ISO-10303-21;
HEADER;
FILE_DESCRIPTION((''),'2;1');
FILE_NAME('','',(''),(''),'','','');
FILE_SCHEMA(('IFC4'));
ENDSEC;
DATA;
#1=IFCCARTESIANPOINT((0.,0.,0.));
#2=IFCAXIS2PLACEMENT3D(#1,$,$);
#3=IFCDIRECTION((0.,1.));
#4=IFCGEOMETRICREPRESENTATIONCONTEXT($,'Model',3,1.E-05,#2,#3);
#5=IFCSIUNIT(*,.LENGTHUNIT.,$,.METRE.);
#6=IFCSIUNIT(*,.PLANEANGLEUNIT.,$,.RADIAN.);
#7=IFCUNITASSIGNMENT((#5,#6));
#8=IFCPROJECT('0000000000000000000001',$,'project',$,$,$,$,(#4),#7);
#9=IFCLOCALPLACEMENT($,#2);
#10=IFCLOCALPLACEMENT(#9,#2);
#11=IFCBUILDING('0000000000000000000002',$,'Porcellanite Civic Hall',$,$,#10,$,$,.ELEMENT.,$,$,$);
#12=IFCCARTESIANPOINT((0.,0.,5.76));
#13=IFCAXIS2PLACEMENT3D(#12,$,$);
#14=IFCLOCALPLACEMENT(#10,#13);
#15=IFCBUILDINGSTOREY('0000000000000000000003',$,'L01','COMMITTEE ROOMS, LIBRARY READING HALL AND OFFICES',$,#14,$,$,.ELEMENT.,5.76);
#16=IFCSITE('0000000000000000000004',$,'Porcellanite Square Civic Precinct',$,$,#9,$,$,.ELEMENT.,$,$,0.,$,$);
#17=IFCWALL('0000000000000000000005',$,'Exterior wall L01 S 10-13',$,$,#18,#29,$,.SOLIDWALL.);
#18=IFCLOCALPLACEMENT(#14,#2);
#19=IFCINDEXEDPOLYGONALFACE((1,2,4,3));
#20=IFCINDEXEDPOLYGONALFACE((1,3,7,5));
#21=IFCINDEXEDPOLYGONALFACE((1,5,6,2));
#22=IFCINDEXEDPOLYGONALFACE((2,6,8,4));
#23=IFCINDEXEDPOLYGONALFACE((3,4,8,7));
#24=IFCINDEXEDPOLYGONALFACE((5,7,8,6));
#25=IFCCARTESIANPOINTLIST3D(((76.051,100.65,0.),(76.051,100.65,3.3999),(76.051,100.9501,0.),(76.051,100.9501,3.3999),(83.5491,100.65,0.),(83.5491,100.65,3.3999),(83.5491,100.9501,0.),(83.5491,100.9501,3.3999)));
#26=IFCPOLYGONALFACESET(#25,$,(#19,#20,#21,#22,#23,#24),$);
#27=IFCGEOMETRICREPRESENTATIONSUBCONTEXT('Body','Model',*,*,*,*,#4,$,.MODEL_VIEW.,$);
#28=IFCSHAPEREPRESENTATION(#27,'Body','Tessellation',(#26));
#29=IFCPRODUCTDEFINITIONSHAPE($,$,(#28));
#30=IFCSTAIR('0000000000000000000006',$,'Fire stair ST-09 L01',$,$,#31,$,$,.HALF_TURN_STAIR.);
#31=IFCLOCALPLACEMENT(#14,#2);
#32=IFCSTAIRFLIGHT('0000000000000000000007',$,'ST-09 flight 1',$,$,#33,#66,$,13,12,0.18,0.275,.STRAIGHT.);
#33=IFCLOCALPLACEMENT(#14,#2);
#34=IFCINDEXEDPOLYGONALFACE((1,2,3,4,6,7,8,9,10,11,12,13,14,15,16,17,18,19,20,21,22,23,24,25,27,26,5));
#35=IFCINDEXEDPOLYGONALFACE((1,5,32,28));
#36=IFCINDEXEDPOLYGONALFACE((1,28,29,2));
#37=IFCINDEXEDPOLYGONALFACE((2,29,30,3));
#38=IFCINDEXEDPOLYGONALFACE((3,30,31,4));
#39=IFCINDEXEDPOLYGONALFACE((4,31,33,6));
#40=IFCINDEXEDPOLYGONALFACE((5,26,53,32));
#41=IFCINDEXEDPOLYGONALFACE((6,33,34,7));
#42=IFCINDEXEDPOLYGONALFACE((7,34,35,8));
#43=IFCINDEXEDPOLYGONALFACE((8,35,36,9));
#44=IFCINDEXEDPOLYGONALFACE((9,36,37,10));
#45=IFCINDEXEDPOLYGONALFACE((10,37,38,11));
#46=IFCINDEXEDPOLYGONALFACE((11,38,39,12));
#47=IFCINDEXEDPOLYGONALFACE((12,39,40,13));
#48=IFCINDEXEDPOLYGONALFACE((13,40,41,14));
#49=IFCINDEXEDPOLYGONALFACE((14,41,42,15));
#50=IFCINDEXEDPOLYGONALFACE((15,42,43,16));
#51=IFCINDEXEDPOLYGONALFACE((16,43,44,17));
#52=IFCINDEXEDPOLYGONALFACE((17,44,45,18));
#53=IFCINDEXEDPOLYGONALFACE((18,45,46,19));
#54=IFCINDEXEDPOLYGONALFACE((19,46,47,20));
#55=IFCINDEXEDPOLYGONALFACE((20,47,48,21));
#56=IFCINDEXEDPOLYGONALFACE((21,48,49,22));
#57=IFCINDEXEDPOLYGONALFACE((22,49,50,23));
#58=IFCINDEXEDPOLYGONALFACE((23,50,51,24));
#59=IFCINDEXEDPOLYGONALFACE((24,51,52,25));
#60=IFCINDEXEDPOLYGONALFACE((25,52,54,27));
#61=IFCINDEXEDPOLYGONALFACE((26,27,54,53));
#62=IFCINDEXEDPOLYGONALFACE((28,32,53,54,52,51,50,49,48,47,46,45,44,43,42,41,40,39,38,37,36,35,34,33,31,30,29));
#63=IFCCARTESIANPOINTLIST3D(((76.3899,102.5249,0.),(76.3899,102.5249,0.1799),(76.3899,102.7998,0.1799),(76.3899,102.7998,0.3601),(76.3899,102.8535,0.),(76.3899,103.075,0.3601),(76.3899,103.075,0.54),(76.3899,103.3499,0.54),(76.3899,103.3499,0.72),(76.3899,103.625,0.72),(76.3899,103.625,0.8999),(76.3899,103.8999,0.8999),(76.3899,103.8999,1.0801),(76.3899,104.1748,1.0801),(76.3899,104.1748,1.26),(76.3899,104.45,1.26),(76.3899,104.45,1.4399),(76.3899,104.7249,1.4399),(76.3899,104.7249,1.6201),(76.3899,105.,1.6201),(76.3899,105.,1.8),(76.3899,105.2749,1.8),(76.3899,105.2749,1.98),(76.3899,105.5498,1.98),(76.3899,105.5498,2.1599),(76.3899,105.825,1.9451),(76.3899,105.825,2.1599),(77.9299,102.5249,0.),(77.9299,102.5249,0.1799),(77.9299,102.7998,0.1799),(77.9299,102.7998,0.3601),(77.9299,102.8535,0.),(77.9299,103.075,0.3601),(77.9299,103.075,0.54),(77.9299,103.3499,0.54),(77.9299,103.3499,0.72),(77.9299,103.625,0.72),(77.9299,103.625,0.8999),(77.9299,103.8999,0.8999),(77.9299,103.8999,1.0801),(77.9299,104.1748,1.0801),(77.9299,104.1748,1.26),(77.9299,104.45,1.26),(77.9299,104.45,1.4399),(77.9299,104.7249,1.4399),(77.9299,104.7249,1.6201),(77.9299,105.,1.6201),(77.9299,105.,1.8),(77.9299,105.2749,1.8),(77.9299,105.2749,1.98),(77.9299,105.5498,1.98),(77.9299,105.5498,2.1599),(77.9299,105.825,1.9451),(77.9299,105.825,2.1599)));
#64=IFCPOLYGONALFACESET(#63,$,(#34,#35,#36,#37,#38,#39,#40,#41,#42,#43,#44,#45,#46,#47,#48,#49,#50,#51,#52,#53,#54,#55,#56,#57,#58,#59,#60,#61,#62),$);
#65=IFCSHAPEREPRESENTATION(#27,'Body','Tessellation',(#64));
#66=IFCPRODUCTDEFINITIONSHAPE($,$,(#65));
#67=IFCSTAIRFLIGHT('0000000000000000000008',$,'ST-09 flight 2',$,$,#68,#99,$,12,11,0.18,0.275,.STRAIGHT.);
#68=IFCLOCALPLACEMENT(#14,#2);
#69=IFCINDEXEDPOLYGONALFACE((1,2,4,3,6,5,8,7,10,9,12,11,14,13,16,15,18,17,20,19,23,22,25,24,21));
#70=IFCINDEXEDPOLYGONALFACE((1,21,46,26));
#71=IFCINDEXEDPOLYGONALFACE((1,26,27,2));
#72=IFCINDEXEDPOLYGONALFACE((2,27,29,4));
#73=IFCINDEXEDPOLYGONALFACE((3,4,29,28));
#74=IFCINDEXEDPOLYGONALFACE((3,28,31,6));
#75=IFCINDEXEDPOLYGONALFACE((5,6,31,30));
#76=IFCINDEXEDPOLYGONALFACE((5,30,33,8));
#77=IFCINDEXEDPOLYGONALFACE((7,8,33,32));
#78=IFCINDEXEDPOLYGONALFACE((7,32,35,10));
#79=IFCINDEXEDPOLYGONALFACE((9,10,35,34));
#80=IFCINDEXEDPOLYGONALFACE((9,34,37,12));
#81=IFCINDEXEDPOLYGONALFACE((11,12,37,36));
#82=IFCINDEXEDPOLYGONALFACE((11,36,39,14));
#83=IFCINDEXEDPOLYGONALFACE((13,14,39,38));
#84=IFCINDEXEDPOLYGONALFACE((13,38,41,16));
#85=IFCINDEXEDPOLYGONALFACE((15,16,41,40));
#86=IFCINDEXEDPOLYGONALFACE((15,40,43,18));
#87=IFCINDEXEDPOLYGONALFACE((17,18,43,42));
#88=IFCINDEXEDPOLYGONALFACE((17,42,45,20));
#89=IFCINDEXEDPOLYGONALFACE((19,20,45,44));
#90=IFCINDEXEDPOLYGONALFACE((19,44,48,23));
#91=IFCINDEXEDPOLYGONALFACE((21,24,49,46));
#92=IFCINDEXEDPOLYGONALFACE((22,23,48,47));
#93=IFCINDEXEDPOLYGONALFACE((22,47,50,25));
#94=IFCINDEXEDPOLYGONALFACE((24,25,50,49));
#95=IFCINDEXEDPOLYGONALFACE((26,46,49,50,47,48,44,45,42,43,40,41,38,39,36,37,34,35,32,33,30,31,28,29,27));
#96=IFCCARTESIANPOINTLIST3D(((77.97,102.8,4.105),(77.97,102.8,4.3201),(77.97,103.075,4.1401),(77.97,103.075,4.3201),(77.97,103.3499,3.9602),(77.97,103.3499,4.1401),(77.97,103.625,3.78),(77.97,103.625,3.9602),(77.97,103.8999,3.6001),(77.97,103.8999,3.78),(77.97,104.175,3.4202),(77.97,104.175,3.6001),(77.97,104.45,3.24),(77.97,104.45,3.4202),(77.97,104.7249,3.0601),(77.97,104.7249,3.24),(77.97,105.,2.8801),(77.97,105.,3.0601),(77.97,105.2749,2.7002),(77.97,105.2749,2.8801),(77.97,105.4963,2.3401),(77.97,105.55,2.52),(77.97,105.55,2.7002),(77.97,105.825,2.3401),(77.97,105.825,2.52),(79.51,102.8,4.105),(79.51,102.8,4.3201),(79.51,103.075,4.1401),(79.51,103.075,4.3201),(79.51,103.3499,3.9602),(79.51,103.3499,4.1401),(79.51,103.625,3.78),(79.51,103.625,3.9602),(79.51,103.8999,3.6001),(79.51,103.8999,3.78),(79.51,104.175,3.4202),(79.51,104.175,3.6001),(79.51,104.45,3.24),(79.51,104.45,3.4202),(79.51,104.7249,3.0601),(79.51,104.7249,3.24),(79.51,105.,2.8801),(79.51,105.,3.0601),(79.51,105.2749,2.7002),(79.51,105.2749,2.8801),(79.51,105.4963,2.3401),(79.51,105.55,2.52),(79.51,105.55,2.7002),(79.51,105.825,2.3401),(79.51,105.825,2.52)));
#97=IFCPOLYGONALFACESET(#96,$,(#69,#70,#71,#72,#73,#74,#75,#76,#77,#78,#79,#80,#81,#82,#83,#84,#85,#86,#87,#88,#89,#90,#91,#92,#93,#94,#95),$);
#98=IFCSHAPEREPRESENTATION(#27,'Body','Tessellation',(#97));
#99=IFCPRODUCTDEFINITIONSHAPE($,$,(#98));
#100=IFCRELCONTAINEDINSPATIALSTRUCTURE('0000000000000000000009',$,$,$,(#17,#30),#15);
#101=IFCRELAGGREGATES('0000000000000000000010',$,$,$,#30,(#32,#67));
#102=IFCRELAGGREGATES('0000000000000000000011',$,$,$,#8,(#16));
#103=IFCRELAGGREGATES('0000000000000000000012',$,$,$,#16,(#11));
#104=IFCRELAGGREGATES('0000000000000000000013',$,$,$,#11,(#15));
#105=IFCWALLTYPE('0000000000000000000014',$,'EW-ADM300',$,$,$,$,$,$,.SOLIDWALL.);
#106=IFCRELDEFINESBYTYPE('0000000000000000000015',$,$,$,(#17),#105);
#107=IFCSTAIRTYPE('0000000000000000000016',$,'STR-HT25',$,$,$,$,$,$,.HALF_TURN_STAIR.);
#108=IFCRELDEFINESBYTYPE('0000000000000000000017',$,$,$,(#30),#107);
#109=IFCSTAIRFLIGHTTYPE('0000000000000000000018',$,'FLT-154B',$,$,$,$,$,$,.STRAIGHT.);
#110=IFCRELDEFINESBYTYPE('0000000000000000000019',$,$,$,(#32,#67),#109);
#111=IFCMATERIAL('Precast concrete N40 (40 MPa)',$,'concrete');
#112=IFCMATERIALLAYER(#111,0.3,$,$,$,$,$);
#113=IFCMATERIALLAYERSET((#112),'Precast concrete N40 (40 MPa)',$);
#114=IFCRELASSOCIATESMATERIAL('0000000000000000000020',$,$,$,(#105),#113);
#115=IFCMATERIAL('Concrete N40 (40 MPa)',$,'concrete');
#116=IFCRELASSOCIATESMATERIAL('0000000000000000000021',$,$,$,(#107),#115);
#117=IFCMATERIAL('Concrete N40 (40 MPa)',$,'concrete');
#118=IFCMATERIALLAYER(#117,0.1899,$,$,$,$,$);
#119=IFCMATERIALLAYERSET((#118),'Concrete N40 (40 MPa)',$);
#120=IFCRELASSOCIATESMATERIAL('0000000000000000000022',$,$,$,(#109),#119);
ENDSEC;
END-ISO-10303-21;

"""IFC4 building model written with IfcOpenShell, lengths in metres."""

from ifc_helpers import new_model, si_unit, direction, frame, frame_2d, origin, place, context, subcontext, project, spatial, polyline, rectangle, outline, extrude, material, layer, layer_set, type_object, element, aggregate, save


model = new_model("IFC4")

# Units and contexts
model_context = context("Model", 3, precision=1e-05, world=origin(), true_north=direction((0.0, 1.0)))
body_context = subcontext(model_context, "Body", "Model", "MODEL_VIEW")
ifc_project = project(units=[si_unit("LENGTHUNIT", "METRE"), si_unit("PLANEANGLEUNIT", "RADIAN")], contexts=[model_context])

# Site, building, storey
site_placement = place(None, origin())
site = spatial("IfcSite", under=ifc_project, at=site_placement, Name="Porcellanite Square Civic Precinct", CompositionType="ELEMENT", RefElevation=0.0)
building_placement = place(site_placement, origin())
building = spatial("IfcBuilding", under=site, at=building_placement, Name="Porcellanite Civic Hall", CompositionType="ELEMENT")
storey_placement = place(building_placement, frame((0.0, 0.0, 5.76)))
storey = spatial("IfcBuildingStorey", under=building, at=storey_placement, Name="L01", Description="COMMITTEE ROOMS, LIBRARY READING HALL AND OFFICES", CompositionType="ELEMENT", Elevation=5.76)

# Wall
ifc_material_1 = material(Name="Precast concrete N40 (40 MPa)", Category="concrete")
ifc_layer_1 = layer(ifc_material_1, 0.3)
ifc_layer_set_1 = layer_set([ifc_layer_1], Name="Precast concrete N40 (40 MPa)")
wall_type_1 = type_object("IfcWallType", Name="EW-ADM300", PredefinedType="SOLIDWALL", material=ifc_layer_set_1)
wall_1_placement = place(storey_placement, frame((83.5491, 100.8, 0.0), z_axis=(0.0, 0.0, 1.0), x_axis=(-1.0, 0.0, 0.0)))
element("IfcWall", 1, at=wall_1_placement, inside=storey, type_object=wall_type_1, Name="Exterior wall L01 S 10-13", PredefinedType="SOLIDWALL", context=body_context, shape_type="SweptSolid", body=[
    extrude(rectangle(XDim=7.498, YDim=0.3, at=frame_2d((3.749, 0.0))), origin(), (0.0, 0.0, 1.0), 3.3999),
])

# Stair, stair flights
ifc_material_2 = material(Name="Concrete N40 (40 MPa)", Category="concrete")
stair_type = type_object("IfcStairType", Name="STR-HT25", PredefinedType="HALF_TURN_STAIR", material=ifc_material_2)
stair_placement = place(storey_placement, origin())
stair = element("IfcStair", 2, at=stair_placement, inside=storey, type_object=stair_type, Name="Fire stair ST-09 L01", PredefinedType="HALF_TURN_STAIR")
ifc_material_3 = material(Name="Concrete N40 (40 MPa)", Category="concrete")
ifc_layer_2 = layer(ifc_material_3, 0.1899)
ifc_layer_set_2 = layer_set([ifc_layer_2], Name="Concrete N40 (40 MPa)")
stair_flight_type = type_object("IfcStairFlightType", Name="FLT-154B", PredefinedType="STRAIGHT", material=ifc_layer_set_2)
stair_flight_1_placement = place(storey_placement, frame((77.1599, 102.5249, 0.0), z_axis=(0.0, 0.0, 1.0), x_axis=(0.0, 1.0, 0.0)))
stair_flight_1 = element("IfcStairFlight", 3, at=stair_flight_1_placement, type_object=stair_flight_type, Name="ST-09 flight 1", NumberOfRisers=13, NumberOfTreads=12, PredefinedType="STRAIGHT", RiserHeight=0.18, TreadLength=0.275, context=body_context, shape_type="SweptSolid", body=[
    extrude(outline(polyline([(0.0, 0.0), (0.0, 0.1799), (0.2749, 0.1799), (0.2749, 0.3601), (0.55, 0.3601), (0.55, 0.54), (0.825, 0.54), (0.825, 0.72), (1.1001, 0.72), (1.1001, 0.8999), (1.375, 0.8999), (1.375, 1.0801), (1.6499, 1.0801), (1.6499, 1.26), (1.925, 1.26), (1.925, 1.4399), (2.2, 1.4399), (2.2, 1.6201), (2.4751, 1.6201), (2.4751, 1.8), (2.75, 1.8), (2.75, 1.98), (3.0249, 1.98), (3.0249, 2.1599), (3.3, 2.1599), (3.3, 2.3401), (3.3, 1.9451), (0.3286, 0.0), (0.0, 0.0)])), frame((0.0, 0.77, 0.0), z_axis=(0.0, -1.0, 0.0), x_axis=(1.0, 0.0, 0.0)), (0.0, 0.0, 1.0), 1.54),
])
stair_flight_2_placement = place(storey_placement, frame((78.74, 105.825, 2.3401), z_axis=(0.0, 0.0, 1.0), x_axis=(0.0, -1.0, 0.0)))
stair_flight_2 = element("IfcStairFlight", 4, at=stair_flight_2_placement, type_object=stair_flight_type, Name="ST-09 flight 2", NumberOfRisers=12, NumberOfTreads=11, PredefinedType="STRAIGHT", RiserHeight=0.18, TreadLength=0.275, context=body_context, shape_type="SweptSolid", body=[
    extrude(outline(polyline([(0.0, 0.0), (0.0, 0.1799), (0.2749, 0.1799), (0.2749, 0.3601), (0.55, 0.3601), (0.55, 0.54), (0.825, 0.54), (0.825, 0.72), (1.1001, 0.72), (1.1001, 0.8999), (1.375, 0.8999), (1.375, 1.0801), (1.6499, 1.0801), (1.6499, 1.26), (1.925, 1.26), (1.925, 1.4399), (2.2, 1.4399), (2.2, 1.6201), (2.4751, 1.6201), (2.4751, 1.8), (2.75, 1.8), (2.75, 1.98), (3.0249, 1.98), (3.0249, 2.1599), (3.0249, 1.7649), (0.3286, 0.0), (0.0, 0.0)])), frame((0.0, 0.77, 0.0), z_axis=(0.0, -1.0, 0.0), x_axis=(1.0, 0.0, 0.0)), (0.0, 0.0, 1.0), 1.54),
])
aggregate(stair, [stair_flight_1, stair_flight_2])

save(model, "model.ifc")
